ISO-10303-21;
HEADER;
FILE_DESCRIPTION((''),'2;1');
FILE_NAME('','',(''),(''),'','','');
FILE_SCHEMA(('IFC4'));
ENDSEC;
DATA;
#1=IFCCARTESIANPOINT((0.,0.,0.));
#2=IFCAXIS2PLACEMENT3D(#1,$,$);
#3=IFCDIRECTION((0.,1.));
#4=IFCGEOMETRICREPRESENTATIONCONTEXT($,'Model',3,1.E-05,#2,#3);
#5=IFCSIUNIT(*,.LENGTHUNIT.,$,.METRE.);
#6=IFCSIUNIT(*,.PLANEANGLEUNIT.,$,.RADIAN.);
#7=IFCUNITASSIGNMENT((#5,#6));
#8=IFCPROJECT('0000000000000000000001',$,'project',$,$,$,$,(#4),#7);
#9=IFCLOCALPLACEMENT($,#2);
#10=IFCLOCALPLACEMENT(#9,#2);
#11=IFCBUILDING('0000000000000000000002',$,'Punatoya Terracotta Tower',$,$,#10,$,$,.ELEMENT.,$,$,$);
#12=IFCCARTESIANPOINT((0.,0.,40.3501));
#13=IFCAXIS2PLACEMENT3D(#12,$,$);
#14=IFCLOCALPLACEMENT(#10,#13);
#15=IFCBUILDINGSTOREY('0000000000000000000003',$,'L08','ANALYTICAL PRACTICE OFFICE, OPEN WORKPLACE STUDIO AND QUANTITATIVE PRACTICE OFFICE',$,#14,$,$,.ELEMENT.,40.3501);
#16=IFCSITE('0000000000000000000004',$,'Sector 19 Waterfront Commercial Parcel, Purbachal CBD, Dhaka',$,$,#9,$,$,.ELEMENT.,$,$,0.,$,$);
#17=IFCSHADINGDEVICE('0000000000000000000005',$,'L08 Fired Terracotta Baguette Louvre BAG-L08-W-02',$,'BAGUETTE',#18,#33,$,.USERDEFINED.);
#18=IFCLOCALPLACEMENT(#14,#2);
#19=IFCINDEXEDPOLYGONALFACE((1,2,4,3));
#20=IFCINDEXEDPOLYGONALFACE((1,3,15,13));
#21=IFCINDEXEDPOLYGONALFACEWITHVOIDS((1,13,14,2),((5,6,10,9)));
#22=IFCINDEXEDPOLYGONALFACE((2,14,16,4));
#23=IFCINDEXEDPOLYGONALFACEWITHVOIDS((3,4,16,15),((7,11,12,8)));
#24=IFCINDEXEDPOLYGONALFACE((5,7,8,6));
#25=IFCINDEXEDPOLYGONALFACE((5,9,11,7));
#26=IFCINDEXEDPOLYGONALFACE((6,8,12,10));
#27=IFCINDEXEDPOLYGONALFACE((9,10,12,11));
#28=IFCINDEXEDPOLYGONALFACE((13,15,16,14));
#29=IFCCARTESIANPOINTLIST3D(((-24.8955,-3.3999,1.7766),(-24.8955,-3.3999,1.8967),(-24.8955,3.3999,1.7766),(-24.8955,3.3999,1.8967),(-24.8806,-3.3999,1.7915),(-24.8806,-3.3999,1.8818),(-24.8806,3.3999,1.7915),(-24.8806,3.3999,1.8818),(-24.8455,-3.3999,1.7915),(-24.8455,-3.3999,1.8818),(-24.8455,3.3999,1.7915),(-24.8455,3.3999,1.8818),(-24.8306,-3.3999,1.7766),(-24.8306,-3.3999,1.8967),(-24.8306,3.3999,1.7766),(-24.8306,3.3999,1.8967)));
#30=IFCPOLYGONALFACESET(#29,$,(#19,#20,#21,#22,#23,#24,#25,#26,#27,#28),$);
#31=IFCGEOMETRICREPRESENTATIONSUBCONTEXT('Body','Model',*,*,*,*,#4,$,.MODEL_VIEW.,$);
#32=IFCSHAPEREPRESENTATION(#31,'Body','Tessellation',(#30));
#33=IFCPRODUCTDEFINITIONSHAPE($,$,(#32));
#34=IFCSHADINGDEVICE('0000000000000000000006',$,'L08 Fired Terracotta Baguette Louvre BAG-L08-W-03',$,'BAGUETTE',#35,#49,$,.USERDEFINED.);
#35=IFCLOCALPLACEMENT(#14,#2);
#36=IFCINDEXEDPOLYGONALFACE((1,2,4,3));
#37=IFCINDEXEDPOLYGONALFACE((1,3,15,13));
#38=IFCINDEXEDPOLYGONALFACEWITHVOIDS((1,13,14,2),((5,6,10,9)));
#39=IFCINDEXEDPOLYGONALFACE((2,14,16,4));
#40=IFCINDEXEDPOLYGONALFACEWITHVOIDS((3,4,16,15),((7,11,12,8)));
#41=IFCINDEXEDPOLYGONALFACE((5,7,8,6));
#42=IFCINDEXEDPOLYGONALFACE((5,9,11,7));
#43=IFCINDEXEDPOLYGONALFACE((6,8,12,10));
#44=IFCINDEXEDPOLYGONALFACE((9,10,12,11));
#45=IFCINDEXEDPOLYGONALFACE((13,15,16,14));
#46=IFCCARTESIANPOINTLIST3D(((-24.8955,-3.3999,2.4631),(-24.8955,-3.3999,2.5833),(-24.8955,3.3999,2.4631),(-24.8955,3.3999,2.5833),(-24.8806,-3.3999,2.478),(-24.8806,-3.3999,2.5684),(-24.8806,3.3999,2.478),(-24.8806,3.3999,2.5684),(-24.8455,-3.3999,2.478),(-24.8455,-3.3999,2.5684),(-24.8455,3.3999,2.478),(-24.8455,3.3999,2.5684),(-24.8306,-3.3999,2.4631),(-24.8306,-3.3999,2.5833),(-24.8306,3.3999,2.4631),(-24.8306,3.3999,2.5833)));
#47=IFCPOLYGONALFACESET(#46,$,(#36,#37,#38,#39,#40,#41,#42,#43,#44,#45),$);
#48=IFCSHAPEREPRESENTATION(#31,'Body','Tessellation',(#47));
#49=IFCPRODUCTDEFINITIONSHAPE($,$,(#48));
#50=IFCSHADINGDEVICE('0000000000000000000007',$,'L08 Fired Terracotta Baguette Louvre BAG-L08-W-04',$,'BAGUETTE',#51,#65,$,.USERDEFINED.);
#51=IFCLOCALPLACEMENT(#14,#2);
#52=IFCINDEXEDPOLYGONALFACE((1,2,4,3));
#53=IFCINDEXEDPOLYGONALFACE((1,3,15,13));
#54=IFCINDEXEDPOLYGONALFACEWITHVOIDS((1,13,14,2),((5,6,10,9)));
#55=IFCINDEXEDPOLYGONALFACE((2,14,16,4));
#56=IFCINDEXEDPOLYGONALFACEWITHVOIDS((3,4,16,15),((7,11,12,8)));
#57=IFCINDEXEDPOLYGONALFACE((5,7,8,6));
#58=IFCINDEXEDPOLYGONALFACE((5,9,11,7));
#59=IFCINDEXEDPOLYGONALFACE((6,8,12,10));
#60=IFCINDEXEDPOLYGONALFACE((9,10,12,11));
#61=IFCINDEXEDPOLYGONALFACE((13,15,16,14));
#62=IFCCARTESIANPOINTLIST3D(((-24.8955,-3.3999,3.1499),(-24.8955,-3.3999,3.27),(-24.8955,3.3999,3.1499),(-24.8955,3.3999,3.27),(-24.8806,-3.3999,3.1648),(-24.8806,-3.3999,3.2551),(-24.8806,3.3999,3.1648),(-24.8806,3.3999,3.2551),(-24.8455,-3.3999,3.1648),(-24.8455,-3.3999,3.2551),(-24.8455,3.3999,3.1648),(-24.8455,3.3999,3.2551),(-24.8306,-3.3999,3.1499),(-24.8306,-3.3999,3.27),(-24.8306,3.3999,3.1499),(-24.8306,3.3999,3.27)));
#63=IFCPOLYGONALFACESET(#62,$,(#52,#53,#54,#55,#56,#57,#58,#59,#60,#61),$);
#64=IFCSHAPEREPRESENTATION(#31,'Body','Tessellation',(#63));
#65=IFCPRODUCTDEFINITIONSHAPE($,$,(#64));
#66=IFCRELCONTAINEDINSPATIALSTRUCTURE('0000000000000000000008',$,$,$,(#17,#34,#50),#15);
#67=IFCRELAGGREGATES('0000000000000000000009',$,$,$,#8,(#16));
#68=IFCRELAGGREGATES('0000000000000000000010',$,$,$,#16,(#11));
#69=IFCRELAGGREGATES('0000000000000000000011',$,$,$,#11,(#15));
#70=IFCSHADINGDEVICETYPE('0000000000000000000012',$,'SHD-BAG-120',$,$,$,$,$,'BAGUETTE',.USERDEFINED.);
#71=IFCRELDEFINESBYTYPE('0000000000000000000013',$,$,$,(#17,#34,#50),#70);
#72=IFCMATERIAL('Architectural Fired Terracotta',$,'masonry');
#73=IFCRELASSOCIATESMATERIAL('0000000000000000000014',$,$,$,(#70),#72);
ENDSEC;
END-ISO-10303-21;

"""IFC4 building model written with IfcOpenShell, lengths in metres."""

from ifc_helpers import new_model, si_unit, direction, frame, origin, origin_2d, place, context, subcontext, project, spatial, hollow_rectangle, extrude, material, material_profile, profile_set, type_object, element, save


model = new_model("IFC4")

# Units and contexts
model_context = context("Model", 3, precision=1e-05, world=origin(), true_north=direction((0.0, 1.0)))
body_context = subcontext(model_context, "Body", "Model", "MODEL_VIEW")
ifc_project = project(units=[si_unit("LENGTHUNIT", "METRE"), si_unit("PLANEANGLEUNIT", "RADIAN")], contexts=[model_context])

# Site, building, storey
site_placement = place(None, origin())
site = spatial("IfcSite", under=ifc_project, at=site_placement, Name="Sector 19 Waterfront Commercial Parcel, Purbachal CBD, Dhaka", CompositionType="ELEMENT", RefElevation=0.0)
building_placement = place(site_placement, origin())
building = spatial("IfcBuilding", under=site, at=building_placement, Name="Punatoya Terracotta Tower", CompositionType="ELEMENT")
storey_placement = place(building_placement, frame((0.0, 0.0, 40.3501)))
storey = spatial("IfcBuildingStorey", under=building, at=storey_placement, Name="L08", Description="ANALYTICAL PRACTICE OFFICE, OPEN WORKPLACE STUDIO AND QUANTITATIVE PRACTICE OFFICE", CompositionType="ELEMENT", Elevation=40.3501)

# Shading devices
ifc_material_1 = material(Name="Architectural Fired Terracotta", Category="masonry")
ifc_material_profile_1 = material_profile(ifc_material_1, hollow_rectangle(XDim=0.0649, YDim=0.1201, WallThickness=0.0149, at=origin_2d()))
ifc_profile_set_1 = profile_set([ifc_material_profile_1], Name="Architectural Fired Terracotta")
shading_device_type = type_object("IfcShadingDeviceType", Name="SHD-BAG-120", ElementType="BAGUETTE", PredefinedType="USERDEFINED", material=ifc_profile_set_1)
for number, where, z_axis, x_axis, name in (
    (1, (-24.863, -3.3999, 1.8367), (0.0, 1.0, 0.0), (-1.0, 0.0, 0.0), "L08 Fired Terracotta Baguette Louvre BAG-L08-W-02"),
    (2, (-24.863, -3.3999, 2.5232), (0.0, 1.0, 0.0), (-1.0, 0.0, 0.0), "L08 Fired Terracotta Baguette Louvre BAG-L08-W-03"),
    (3, (-24.863, -3.3999, 3.21), (0.0, 1.0, 0.0), (-1.0, 0.0, 0.0), "L08 Fired Terracotta Baguette Louvre BAG-L08-W-04"),
):
    element("IfcShadingDevice", number, at=place(storey_placement, frame(where, z_axis=z_axis, x_axis=x_axis)), inside=storey, type_object=shading_device_type, Name=name, ObjectType="BAGUETTE", PredefinedType="USERDEFINED", context=body_context, shape_type="SweptSolid", body=[
        extrude(hollow_rectangle(XDim=0.0649, YDim=0.1201, WallThickness=0.0149, at=origin_2d()), origin(), (0.0, 0.0, 1.0), 6.7998),
    ])

save(model, "model.ifc")
